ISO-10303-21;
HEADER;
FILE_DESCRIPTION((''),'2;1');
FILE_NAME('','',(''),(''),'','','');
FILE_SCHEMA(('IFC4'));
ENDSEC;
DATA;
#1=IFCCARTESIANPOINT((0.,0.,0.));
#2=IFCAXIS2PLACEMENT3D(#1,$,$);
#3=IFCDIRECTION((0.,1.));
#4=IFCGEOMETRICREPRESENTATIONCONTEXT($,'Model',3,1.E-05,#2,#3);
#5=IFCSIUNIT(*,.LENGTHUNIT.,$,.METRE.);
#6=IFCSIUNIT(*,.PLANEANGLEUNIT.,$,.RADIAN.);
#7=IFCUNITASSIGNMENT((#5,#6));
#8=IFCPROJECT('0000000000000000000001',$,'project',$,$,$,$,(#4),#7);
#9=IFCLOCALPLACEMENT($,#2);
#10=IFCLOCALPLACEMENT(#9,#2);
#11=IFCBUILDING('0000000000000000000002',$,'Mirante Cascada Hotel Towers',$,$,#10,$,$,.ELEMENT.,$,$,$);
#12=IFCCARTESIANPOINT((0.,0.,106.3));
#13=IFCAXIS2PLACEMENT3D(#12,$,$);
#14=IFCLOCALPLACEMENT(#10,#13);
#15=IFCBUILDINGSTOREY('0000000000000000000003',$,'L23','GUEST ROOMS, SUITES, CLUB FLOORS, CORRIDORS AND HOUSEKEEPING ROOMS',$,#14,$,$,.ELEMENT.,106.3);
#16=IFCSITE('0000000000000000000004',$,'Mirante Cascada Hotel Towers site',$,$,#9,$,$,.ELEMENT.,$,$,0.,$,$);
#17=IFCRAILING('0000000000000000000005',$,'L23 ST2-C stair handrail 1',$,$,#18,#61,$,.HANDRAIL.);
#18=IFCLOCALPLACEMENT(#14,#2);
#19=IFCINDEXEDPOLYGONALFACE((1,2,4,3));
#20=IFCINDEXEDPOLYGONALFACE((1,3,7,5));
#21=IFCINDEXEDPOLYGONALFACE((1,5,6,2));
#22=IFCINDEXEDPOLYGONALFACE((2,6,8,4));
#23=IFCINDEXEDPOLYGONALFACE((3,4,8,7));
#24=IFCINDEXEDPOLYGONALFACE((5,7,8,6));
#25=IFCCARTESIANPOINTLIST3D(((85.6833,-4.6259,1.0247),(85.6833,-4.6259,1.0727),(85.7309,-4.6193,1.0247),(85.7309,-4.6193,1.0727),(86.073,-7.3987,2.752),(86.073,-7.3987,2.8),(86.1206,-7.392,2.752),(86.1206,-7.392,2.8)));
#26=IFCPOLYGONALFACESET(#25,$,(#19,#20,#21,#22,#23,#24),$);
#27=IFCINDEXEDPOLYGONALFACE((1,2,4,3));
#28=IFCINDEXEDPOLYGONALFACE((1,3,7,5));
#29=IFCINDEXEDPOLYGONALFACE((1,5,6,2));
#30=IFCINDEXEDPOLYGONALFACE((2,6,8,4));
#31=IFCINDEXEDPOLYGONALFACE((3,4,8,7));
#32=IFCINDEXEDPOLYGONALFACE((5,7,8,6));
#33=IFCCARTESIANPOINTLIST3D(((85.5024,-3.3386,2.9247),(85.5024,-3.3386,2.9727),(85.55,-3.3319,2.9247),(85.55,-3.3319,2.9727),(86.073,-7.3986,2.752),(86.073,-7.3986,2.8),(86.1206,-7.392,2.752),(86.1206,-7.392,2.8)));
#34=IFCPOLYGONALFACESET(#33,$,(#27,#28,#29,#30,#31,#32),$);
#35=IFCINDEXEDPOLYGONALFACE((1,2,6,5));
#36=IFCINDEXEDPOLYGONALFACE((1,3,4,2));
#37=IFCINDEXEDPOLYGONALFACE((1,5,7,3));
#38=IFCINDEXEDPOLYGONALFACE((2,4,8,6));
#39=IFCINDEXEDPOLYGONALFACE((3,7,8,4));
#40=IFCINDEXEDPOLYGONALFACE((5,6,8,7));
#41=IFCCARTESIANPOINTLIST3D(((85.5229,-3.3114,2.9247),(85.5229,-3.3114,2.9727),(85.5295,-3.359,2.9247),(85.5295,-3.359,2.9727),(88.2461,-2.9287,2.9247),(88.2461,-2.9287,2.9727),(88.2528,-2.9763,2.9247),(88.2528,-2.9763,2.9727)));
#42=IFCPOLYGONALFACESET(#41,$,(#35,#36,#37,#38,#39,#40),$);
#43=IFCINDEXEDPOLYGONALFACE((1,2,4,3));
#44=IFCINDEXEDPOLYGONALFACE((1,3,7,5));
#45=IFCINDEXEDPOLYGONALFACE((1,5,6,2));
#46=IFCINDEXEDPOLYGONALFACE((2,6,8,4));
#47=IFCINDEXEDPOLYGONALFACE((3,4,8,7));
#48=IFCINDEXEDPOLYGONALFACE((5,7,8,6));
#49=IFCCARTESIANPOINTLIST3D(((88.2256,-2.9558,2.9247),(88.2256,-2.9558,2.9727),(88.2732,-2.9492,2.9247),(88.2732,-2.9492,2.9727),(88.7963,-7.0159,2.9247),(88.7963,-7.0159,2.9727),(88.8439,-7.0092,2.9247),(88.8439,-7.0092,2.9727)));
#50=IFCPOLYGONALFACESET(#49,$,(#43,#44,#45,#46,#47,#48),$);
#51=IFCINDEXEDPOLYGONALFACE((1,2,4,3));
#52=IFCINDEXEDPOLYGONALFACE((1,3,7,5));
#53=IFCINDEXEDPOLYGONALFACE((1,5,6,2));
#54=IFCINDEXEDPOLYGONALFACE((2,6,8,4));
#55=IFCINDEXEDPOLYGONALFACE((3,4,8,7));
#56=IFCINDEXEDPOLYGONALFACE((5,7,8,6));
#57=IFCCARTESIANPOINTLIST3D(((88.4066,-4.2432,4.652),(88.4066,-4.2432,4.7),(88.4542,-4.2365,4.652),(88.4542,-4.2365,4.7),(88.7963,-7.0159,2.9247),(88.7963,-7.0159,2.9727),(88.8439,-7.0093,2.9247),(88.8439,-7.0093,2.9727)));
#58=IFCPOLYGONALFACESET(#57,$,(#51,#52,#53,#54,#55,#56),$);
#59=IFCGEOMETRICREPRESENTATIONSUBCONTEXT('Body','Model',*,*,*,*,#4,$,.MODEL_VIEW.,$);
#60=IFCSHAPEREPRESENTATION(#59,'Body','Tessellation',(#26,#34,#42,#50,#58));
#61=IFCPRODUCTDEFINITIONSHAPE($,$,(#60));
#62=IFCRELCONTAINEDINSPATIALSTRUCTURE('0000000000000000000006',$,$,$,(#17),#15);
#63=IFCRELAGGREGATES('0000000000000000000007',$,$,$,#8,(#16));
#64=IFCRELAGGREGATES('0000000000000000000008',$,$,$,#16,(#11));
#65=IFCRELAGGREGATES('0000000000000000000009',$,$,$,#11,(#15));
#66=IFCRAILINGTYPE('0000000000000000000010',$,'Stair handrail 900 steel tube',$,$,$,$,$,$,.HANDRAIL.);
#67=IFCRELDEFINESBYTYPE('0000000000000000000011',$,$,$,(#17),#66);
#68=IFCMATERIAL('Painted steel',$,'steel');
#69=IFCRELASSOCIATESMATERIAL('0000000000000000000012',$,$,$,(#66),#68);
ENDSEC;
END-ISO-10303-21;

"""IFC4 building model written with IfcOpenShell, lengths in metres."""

from ifc_helpers import new_model, si_unit, direction, frame, origin, origin_2d, place, context, subcontext, project, spatial, rectangle, extrude, material, type_object, element, save


model = new_model("IFC4")

# Units and contexts
model_context = context("Model", 3, precision=1e-05, world=origin(), true_north=direction((0.0, 1.0)))
body_context = subcontext(model_context, "Body", "Model", "MODEL_VIEW")
ifc_project = project(units=[si_unit("LENGTHUNIT", "METRE"), si_unit("PLANEANGLEUNIT", "RADIAN")], contexts=[model_context])

# Site, building, storey
site_placement = place(None, origin())
site = spatial("IfcSite", under=ifc_project, at=site_placement, Name="Mirante Cascada Hotel Towers site", CompositionType="ELEMENT", RefElevation=0.0)
building_placement = place(site_placement, origin())
building = spatial("IfcBuilding", under=site, at=building_placement, Name="Mirante Cascada Hotel Towers", CompositionType="ELEMENT")
storey_placement = place(building_placement, frame((0.0, 0.0, 106.3)))
storey = spatial("IfcBuildingStorey", under=building, at=storey_placement, Name="L23", Description="GUEST ROOMS, SUITES, CLUB FLOORS, CORRIDORS AND HOUSEKEEPING ROOMS", CompositionType="ELEMENT", Elevation=106.3)

# Railing
ifc_material_1 = material(Name="Painted steel", Category="steel")
railing_type_1 = type_object("IfcRailingType", Name="Stair handrail 900 steel tube", PredefinedType="HANDRAIL", material=ifc_material_1)
railing_1_placement = place(storey_placement, frame((85.7071, -4.6226, 0.1727)))
element("IfcRailing", 1, at=railing_1_placement, inside=storey, type_object=railing_type_1, Name="L23 ST2-C stair handrail 1", PredefinedType="HANDRAIL", context=body_context, shape_type="SweptSolid", body=[
    extrude(rectangle(XDim=0.048, YDim=0.048, at=origin_2d()), frame((0.0, 0.0, 0.876), z_axis=(0.139181, -0.990267, 0.0), x_axis=(0.990267, 0.139181, 0.0)), (0.0, 0.525035, 0.851081), 3.2899),
    extrude(rectangle(XDim=0.048, YDim=0.048, at=origin_2d()), frame((0.3897, -2.7727, 2.6033), z_axis=(-0.139171, 0.990268, 0.0), x_axis=(-0.990268, -0.139171, 0.0)), (0.0, 0.042085, 0.999114), 4.1036),
    extrude(rectangle(XDim=0.048, YDim=0.048, at=origin_2d()), frame((-0.1809, 1.2874, 2.776), z_axis=(0.990269, 0.139166, 0.0), x_axis=(-0.139166, 0.990269, 0.0)), (0.0, 0.0, 1.0), 2.75),
    extrude(rectangle(XDim=0.048, YDim=0.048, at=origin_2d()), frame((2.5423, 1.6701, 2.776), z_axis=(0.139195, -0.990265, 0.0), x_axis=(0.990265, 0.139195, 0.0)), (0.0, 0.0, 1.0), 4.1),
    extrude(rectangle(XDim=0.048, YDim=0.048, at=origin_2d()), frame((3.113, -2.39, 2.776), z_axis=(-0.139181, 0.990267, 0.0), x_axis=(-0.990267, -0.139181, 0.0)), (0.0, 0.525035, 0.851081), 3.2899),
])

save(model, "model.ifc")
